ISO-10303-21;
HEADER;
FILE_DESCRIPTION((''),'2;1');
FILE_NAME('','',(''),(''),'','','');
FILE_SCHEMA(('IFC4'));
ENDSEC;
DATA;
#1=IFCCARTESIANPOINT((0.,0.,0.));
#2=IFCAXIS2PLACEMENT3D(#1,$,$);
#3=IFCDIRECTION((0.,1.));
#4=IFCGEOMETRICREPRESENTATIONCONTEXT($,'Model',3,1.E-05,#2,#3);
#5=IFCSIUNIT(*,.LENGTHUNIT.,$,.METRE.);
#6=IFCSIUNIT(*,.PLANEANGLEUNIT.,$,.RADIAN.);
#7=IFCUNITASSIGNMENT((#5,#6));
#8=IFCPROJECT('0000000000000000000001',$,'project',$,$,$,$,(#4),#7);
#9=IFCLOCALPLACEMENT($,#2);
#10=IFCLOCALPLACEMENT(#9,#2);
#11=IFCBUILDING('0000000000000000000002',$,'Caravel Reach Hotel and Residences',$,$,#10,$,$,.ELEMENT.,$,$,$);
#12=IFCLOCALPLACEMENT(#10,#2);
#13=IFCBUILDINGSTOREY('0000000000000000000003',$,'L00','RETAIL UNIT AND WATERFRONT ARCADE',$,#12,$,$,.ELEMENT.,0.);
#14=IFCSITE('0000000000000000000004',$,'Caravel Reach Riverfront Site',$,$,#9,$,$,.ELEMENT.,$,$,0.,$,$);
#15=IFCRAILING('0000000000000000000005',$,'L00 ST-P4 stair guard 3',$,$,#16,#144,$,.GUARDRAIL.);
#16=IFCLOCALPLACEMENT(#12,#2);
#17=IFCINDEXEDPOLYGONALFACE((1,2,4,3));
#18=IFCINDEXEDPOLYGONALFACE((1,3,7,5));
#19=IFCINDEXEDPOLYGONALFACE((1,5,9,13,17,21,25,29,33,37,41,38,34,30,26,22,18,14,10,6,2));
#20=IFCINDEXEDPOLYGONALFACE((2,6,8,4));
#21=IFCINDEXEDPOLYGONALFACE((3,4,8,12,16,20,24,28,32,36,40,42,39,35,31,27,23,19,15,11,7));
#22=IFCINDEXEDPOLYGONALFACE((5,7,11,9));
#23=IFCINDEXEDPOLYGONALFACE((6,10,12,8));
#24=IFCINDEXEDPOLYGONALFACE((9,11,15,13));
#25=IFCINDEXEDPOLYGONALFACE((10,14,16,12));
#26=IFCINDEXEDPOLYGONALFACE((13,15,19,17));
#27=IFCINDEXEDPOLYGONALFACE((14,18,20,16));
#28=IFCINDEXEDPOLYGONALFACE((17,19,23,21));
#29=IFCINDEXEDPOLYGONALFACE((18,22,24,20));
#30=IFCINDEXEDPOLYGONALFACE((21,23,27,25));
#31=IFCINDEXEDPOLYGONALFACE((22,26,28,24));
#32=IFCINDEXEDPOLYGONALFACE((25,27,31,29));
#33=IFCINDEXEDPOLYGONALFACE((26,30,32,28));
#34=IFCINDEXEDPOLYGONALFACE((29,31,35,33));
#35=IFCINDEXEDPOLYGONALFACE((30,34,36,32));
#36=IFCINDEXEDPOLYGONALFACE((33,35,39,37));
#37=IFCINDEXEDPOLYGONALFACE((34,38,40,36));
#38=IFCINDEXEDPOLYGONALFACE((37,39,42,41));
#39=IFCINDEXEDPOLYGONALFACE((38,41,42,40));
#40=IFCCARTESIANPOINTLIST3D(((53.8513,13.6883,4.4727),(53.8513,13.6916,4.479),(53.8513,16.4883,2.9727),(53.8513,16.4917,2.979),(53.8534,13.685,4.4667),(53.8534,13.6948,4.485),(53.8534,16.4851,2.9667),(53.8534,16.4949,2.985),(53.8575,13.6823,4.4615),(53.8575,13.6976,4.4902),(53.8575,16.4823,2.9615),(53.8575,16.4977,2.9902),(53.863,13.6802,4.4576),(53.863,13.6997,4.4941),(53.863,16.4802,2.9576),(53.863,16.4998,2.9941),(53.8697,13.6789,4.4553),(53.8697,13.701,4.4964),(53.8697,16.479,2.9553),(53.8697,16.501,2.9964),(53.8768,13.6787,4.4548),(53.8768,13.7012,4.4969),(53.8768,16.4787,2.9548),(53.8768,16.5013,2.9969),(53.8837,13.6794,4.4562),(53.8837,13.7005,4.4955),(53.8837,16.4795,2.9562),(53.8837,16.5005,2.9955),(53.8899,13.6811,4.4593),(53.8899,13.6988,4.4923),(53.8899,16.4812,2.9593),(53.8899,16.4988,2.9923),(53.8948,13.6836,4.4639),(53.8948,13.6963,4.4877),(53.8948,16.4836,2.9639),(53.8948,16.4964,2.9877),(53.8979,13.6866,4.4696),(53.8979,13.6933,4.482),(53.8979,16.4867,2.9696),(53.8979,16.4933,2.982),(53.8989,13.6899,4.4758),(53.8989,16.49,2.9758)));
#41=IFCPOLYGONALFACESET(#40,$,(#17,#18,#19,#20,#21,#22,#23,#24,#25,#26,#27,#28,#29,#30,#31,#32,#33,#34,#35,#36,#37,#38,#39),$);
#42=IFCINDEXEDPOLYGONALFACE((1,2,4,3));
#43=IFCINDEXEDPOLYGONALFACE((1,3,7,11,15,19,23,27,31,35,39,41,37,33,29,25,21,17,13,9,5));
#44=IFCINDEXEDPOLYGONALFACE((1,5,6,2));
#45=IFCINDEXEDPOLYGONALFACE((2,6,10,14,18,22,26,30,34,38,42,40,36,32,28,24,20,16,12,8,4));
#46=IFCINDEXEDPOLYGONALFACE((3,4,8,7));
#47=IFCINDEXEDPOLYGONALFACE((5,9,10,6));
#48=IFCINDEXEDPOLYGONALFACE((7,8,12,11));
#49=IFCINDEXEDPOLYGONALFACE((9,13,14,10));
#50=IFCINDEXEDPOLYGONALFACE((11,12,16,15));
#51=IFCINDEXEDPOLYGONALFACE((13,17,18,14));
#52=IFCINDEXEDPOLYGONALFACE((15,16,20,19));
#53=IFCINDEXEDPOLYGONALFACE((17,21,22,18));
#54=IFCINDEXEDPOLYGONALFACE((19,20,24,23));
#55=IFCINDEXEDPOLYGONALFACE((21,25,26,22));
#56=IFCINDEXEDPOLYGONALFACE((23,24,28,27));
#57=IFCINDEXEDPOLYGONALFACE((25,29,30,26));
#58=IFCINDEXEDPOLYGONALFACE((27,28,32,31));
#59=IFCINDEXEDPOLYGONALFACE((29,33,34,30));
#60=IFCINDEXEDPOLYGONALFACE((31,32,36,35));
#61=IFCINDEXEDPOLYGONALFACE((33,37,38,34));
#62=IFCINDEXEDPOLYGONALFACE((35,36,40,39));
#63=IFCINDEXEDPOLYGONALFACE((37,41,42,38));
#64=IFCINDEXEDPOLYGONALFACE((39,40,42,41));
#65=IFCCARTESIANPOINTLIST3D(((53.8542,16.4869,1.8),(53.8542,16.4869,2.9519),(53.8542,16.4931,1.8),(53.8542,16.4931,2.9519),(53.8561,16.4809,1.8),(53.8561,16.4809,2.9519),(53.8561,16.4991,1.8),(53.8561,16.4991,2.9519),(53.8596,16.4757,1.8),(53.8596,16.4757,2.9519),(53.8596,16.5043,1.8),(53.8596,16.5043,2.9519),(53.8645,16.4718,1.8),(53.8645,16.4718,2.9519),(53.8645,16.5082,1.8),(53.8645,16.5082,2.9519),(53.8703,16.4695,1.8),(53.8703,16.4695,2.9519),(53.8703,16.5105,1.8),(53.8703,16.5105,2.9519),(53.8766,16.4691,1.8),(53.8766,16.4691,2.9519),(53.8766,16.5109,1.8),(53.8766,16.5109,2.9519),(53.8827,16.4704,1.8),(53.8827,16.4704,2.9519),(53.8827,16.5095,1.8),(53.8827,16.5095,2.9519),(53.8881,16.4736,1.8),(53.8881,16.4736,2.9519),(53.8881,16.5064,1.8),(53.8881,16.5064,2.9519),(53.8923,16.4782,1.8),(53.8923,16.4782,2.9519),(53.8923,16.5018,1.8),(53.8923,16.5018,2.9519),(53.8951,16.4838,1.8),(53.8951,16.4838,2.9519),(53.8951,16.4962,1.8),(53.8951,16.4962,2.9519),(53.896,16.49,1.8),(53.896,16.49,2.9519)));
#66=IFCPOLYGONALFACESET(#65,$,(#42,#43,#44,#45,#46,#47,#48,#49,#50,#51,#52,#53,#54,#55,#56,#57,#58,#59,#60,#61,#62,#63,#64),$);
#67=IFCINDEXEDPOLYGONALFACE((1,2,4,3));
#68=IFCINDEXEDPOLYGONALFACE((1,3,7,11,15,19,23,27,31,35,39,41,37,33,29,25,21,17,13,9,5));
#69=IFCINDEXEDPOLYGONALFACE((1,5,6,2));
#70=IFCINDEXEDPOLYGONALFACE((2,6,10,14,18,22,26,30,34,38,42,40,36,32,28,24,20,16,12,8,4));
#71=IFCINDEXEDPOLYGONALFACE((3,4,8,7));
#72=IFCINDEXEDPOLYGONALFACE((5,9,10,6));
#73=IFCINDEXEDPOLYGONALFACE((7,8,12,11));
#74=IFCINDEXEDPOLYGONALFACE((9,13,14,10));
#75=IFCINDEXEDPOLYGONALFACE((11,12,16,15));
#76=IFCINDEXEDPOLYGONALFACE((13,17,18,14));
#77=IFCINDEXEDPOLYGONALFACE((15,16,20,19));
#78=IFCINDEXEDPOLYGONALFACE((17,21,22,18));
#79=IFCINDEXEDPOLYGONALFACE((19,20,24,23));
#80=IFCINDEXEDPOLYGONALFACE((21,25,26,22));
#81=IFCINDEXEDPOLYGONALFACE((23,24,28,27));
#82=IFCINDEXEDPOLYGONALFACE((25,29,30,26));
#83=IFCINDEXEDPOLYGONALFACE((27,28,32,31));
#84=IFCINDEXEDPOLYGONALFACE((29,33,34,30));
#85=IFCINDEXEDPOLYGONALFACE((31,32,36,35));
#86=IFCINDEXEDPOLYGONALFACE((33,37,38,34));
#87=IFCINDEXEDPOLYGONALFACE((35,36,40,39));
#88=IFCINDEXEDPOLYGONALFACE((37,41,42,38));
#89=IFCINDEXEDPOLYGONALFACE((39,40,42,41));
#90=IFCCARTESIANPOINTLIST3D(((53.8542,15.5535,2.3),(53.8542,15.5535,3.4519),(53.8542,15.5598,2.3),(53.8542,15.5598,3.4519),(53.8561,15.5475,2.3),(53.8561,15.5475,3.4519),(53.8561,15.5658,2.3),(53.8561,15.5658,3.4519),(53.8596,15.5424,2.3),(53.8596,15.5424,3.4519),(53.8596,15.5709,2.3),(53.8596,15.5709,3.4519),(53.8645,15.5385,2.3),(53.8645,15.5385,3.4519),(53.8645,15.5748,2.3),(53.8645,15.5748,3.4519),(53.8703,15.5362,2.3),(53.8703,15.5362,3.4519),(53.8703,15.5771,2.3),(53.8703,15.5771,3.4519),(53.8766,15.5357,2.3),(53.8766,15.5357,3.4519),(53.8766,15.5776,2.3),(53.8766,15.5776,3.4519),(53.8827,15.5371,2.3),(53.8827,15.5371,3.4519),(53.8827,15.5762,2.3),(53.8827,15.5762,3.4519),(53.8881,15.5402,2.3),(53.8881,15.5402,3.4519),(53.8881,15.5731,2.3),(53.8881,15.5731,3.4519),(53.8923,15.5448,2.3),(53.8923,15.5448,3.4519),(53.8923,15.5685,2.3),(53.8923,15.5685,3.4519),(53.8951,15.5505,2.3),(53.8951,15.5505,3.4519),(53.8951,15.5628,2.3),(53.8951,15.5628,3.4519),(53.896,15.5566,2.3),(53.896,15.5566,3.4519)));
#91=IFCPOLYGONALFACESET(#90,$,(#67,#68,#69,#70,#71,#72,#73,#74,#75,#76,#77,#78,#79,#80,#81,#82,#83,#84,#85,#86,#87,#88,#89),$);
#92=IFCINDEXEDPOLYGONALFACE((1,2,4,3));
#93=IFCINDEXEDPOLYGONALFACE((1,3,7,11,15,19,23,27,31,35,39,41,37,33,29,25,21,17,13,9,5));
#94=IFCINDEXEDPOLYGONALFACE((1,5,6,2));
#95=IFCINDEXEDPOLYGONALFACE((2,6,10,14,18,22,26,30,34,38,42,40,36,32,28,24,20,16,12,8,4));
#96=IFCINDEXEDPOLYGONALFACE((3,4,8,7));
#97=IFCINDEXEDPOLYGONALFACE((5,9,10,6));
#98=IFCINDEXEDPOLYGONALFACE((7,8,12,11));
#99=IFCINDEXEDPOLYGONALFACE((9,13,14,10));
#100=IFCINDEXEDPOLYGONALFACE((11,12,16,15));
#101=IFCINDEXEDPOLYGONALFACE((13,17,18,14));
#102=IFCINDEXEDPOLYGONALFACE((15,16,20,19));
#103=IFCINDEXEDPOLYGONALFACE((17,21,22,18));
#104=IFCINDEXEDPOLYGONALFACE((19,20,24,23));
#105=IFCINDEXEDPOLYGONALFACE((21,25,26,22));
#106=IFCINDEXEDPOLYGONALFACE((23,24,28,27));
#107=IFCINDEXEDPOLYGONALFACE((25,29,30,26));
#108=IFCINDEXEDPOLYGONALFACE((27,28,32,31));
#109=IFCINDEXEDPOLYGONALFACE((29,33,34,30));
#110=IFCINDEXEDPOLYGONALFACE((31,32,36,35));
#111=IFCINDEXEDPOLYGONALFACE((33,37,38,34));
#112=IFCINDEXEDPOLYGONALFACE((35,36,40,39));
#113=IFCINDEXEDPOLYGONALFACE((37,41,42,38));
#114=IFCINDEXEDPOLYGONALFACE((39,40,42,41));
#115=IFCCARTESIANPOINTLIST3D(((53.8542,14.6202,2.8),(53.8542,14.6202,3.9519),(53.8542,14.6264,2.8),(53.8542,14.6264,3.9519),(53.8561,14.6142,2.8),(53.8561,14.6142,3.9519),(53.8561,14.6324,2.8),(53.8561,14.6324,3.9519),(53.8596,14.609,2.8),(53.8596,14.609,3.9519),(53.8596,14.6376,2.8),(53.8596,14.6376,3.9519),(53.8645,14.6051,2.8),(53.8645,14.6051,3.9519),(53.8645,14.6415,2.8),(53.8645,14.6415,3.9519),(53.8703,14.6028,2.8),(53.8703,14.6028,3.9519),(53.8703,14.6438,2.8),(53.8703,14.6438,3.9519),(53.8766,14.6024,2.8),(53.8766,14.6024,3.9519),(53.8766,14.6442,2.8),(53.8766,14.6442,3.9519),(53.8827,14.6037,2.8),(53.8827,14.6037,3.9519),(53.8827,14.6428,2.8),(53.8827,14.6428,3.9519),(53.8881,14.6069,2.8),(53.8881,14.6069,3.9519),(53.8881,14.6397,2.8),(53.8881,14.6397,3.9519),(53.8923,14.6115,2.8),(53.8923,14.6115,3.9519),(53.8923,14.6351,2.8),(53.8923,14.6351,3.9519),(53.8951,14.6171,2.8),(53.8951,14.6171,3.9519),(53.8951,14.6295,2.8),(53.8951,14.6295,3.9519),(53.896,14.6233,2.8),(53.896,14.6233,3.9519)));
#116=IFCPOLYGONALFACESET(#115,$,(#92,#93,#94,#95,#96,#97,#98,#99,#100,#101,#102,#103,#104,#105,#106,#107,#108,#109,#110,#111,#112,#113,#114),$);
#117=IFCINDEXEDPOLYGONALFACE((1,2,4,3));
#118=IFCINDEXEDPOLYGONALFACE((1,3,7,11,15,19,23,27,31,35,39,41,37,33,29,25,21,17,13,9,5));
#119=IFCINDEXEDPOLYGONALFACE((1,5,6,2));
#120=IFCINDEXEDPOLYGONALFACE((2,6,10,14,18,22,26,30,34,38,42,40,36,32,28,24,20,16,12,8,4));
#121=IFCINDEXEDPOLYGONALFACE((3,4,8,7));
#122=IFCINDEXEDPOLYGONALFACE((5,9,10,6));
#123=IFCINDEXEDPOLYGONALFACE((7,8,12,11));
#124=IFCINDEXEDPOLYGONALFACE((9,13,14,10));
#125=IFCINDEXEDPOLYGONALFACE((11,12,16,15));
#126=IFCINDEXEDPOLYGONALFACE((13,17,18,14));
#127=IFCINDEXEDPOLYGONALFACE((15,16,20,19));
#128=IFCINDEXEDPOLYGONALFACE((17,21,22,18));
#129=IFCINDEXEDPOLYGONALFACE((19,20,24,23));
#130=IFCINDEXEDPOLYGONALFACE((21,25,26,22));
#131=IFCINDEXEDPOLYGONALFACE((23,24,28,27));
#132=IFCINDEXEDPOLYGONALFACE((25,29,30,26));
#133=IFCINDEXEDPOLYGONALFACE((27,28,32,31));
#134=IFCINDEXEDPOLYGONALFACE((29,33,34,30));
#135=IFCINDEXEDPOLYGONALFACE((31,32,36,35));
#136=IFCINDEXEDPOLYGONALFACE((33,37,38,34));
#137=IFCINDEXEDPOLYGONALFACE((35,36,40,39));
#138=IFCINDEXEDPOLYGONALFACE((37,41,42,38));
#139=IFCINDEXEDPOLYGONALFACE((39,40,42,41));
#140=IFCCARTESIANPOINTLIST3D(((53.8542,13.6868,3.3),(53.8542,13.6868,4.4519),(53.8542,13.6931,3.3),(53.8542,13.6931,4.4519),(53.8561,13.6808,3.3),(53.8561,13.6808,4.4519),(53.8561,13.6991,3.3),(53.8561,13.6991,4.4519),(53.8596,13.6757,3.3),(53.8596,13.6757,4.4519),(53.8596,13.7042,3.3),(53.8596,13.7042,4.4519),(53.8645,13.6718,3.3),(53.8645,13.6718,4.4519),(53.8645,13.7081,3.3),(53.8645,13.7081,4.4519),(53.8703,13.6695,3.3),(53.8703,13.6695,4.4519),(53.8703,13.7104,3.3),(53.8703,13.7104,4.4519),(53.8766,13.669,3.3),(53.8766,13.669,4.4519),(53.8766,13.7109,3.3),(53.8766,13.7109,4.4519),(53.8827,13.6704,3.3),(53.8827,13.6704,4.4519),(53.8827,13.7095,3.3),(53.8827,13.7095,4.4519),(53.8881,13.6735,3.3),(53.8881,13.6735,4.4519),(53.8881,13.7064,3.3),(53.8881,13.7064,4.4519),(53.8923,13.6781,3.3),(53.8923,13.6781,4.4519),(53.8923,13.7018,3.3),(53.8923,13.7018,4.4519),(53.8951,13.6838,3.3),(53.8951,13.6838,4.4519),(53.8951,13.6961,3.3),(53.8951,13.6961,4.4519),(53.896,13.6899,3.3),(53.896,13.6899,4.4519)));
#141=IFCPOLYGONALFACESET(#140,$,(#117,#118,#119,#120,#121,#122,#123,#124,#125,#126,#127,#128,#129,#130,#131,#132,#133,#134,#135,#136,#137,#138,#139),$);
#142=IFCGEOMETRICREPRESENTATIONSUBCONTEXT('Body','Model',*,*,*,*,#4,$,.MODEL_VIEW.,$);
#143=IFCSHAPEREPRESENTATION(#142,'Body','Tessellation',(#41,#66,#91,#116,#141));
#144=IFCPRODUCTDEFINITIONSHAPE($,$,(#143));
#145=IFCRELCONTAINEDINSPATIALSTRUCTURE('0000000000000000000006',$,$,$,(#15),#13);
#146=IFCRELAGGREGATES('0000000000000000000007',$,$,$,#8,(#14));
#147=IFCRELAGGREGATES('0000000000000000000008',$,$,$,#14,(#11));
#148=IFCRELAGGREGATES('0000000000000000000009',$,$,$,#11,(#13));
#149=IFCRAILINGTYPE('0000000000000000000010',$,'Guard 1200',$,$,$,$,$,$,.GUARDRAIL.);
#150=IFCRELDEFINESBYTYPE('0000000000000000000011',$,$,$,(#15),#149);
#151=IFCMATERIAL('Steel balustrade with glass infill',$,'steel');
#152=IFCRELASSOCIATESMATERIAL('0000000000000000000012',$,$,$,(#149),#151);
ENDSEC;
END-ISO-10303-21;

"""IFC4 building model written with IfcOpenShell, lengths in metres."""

from ifc_helpers import new_model, si_unit, direction, frame, origin, origin_2d, place, context, subcontext, project, spatial, circle, extrude, material, type_object, element, save


model = new_model("IFC4")

# Units and contexts
model_context = context("Model", 3, precision=1e-05, world=origin(), true_north=direction((0.0, 1.0)))
body_context = subcontext(model_context, "Body", "Model", "MODEL_VIEW")
ifc_project = project(units=[si_unit("LENGTHUNIT", "METRE"), si_unit("PLANEANGLEUNIT", "RADIAN")], contexts=[model_context])

# Site, building, storey
site_placement = place(None, origin())
site = spatial("IfcSite", under=ifc_project, at=site_placement, Name="Caravel Reach Riverfront Site", CompositionType="ELEMENT", RefElevation=0.0)
building_placement = place(site_placement, origin())
building = spatial("IfcBuilding", under=site, at=building_placement, Name="Caravel Reach Hotel and Residences", CompositionType="ELEMENT")
storey_placement = place(building_placement, origin())
storey = spatial("IfcBuildingStorey", under=building, at=storey_placement, Name="L00", Description="RETAIL UNIT AND WATERFRONT ARCADE", CompositionType="ELEMENT", Elevation=0.0)

# Railing
ifc_material_1 = material(Name="Steel balustrade with glass infill", Category="steel")
railing_type_1 = type_object("IfcRailingType", Name="Guard 1200", PredefinedType="GUARDRAIL", material=ifc_material_1)
railing_1_placement = place(storey_placement, frame((53.875, 16.49, 1.8)))
element("IfcRailing", 1, at=railing_1_placement, inside=storey, type_object=railing_type_1, Name="L00 ST-P4 stair guard 3", PredefinedType="GUARDRAIL", context=body_context, shape_type="SweptSolid", body=[
    extrude(circle(Radius=0.0239, at=origin_2d()), frame((0.0, 0.0, 1.1758), z_axis=(0.0, -0.881483, 0.472215), x_axis=(1.0, 0.0, 0.0)), (0.0, 0.0, 1.0), 3.1765),
    extrude(circle(Radius=0.021, at=origin_2d()), origin(), (0.0, 0.0, 1.0), 1.1519),
    extrude(circle(Radius=0.021, at=origin_2d()), frame((0.0, -0.9333, 0.5)), (0.0, 0.0, 1.0), 1.1519),
    extrude(circle(Radius=0.021, at=origin_2d()), frame((0.0, -1.8667, 1.0)), (0.0, 0.0, 1.0), 1.1519),
    extrude(circle(Radius=0.021, at=origin_2d()), frame((0.0, -2.8, 1.5)), (0.0, 0.0, 1.0), 1.1519),
])

save(model, "model.ifc")
